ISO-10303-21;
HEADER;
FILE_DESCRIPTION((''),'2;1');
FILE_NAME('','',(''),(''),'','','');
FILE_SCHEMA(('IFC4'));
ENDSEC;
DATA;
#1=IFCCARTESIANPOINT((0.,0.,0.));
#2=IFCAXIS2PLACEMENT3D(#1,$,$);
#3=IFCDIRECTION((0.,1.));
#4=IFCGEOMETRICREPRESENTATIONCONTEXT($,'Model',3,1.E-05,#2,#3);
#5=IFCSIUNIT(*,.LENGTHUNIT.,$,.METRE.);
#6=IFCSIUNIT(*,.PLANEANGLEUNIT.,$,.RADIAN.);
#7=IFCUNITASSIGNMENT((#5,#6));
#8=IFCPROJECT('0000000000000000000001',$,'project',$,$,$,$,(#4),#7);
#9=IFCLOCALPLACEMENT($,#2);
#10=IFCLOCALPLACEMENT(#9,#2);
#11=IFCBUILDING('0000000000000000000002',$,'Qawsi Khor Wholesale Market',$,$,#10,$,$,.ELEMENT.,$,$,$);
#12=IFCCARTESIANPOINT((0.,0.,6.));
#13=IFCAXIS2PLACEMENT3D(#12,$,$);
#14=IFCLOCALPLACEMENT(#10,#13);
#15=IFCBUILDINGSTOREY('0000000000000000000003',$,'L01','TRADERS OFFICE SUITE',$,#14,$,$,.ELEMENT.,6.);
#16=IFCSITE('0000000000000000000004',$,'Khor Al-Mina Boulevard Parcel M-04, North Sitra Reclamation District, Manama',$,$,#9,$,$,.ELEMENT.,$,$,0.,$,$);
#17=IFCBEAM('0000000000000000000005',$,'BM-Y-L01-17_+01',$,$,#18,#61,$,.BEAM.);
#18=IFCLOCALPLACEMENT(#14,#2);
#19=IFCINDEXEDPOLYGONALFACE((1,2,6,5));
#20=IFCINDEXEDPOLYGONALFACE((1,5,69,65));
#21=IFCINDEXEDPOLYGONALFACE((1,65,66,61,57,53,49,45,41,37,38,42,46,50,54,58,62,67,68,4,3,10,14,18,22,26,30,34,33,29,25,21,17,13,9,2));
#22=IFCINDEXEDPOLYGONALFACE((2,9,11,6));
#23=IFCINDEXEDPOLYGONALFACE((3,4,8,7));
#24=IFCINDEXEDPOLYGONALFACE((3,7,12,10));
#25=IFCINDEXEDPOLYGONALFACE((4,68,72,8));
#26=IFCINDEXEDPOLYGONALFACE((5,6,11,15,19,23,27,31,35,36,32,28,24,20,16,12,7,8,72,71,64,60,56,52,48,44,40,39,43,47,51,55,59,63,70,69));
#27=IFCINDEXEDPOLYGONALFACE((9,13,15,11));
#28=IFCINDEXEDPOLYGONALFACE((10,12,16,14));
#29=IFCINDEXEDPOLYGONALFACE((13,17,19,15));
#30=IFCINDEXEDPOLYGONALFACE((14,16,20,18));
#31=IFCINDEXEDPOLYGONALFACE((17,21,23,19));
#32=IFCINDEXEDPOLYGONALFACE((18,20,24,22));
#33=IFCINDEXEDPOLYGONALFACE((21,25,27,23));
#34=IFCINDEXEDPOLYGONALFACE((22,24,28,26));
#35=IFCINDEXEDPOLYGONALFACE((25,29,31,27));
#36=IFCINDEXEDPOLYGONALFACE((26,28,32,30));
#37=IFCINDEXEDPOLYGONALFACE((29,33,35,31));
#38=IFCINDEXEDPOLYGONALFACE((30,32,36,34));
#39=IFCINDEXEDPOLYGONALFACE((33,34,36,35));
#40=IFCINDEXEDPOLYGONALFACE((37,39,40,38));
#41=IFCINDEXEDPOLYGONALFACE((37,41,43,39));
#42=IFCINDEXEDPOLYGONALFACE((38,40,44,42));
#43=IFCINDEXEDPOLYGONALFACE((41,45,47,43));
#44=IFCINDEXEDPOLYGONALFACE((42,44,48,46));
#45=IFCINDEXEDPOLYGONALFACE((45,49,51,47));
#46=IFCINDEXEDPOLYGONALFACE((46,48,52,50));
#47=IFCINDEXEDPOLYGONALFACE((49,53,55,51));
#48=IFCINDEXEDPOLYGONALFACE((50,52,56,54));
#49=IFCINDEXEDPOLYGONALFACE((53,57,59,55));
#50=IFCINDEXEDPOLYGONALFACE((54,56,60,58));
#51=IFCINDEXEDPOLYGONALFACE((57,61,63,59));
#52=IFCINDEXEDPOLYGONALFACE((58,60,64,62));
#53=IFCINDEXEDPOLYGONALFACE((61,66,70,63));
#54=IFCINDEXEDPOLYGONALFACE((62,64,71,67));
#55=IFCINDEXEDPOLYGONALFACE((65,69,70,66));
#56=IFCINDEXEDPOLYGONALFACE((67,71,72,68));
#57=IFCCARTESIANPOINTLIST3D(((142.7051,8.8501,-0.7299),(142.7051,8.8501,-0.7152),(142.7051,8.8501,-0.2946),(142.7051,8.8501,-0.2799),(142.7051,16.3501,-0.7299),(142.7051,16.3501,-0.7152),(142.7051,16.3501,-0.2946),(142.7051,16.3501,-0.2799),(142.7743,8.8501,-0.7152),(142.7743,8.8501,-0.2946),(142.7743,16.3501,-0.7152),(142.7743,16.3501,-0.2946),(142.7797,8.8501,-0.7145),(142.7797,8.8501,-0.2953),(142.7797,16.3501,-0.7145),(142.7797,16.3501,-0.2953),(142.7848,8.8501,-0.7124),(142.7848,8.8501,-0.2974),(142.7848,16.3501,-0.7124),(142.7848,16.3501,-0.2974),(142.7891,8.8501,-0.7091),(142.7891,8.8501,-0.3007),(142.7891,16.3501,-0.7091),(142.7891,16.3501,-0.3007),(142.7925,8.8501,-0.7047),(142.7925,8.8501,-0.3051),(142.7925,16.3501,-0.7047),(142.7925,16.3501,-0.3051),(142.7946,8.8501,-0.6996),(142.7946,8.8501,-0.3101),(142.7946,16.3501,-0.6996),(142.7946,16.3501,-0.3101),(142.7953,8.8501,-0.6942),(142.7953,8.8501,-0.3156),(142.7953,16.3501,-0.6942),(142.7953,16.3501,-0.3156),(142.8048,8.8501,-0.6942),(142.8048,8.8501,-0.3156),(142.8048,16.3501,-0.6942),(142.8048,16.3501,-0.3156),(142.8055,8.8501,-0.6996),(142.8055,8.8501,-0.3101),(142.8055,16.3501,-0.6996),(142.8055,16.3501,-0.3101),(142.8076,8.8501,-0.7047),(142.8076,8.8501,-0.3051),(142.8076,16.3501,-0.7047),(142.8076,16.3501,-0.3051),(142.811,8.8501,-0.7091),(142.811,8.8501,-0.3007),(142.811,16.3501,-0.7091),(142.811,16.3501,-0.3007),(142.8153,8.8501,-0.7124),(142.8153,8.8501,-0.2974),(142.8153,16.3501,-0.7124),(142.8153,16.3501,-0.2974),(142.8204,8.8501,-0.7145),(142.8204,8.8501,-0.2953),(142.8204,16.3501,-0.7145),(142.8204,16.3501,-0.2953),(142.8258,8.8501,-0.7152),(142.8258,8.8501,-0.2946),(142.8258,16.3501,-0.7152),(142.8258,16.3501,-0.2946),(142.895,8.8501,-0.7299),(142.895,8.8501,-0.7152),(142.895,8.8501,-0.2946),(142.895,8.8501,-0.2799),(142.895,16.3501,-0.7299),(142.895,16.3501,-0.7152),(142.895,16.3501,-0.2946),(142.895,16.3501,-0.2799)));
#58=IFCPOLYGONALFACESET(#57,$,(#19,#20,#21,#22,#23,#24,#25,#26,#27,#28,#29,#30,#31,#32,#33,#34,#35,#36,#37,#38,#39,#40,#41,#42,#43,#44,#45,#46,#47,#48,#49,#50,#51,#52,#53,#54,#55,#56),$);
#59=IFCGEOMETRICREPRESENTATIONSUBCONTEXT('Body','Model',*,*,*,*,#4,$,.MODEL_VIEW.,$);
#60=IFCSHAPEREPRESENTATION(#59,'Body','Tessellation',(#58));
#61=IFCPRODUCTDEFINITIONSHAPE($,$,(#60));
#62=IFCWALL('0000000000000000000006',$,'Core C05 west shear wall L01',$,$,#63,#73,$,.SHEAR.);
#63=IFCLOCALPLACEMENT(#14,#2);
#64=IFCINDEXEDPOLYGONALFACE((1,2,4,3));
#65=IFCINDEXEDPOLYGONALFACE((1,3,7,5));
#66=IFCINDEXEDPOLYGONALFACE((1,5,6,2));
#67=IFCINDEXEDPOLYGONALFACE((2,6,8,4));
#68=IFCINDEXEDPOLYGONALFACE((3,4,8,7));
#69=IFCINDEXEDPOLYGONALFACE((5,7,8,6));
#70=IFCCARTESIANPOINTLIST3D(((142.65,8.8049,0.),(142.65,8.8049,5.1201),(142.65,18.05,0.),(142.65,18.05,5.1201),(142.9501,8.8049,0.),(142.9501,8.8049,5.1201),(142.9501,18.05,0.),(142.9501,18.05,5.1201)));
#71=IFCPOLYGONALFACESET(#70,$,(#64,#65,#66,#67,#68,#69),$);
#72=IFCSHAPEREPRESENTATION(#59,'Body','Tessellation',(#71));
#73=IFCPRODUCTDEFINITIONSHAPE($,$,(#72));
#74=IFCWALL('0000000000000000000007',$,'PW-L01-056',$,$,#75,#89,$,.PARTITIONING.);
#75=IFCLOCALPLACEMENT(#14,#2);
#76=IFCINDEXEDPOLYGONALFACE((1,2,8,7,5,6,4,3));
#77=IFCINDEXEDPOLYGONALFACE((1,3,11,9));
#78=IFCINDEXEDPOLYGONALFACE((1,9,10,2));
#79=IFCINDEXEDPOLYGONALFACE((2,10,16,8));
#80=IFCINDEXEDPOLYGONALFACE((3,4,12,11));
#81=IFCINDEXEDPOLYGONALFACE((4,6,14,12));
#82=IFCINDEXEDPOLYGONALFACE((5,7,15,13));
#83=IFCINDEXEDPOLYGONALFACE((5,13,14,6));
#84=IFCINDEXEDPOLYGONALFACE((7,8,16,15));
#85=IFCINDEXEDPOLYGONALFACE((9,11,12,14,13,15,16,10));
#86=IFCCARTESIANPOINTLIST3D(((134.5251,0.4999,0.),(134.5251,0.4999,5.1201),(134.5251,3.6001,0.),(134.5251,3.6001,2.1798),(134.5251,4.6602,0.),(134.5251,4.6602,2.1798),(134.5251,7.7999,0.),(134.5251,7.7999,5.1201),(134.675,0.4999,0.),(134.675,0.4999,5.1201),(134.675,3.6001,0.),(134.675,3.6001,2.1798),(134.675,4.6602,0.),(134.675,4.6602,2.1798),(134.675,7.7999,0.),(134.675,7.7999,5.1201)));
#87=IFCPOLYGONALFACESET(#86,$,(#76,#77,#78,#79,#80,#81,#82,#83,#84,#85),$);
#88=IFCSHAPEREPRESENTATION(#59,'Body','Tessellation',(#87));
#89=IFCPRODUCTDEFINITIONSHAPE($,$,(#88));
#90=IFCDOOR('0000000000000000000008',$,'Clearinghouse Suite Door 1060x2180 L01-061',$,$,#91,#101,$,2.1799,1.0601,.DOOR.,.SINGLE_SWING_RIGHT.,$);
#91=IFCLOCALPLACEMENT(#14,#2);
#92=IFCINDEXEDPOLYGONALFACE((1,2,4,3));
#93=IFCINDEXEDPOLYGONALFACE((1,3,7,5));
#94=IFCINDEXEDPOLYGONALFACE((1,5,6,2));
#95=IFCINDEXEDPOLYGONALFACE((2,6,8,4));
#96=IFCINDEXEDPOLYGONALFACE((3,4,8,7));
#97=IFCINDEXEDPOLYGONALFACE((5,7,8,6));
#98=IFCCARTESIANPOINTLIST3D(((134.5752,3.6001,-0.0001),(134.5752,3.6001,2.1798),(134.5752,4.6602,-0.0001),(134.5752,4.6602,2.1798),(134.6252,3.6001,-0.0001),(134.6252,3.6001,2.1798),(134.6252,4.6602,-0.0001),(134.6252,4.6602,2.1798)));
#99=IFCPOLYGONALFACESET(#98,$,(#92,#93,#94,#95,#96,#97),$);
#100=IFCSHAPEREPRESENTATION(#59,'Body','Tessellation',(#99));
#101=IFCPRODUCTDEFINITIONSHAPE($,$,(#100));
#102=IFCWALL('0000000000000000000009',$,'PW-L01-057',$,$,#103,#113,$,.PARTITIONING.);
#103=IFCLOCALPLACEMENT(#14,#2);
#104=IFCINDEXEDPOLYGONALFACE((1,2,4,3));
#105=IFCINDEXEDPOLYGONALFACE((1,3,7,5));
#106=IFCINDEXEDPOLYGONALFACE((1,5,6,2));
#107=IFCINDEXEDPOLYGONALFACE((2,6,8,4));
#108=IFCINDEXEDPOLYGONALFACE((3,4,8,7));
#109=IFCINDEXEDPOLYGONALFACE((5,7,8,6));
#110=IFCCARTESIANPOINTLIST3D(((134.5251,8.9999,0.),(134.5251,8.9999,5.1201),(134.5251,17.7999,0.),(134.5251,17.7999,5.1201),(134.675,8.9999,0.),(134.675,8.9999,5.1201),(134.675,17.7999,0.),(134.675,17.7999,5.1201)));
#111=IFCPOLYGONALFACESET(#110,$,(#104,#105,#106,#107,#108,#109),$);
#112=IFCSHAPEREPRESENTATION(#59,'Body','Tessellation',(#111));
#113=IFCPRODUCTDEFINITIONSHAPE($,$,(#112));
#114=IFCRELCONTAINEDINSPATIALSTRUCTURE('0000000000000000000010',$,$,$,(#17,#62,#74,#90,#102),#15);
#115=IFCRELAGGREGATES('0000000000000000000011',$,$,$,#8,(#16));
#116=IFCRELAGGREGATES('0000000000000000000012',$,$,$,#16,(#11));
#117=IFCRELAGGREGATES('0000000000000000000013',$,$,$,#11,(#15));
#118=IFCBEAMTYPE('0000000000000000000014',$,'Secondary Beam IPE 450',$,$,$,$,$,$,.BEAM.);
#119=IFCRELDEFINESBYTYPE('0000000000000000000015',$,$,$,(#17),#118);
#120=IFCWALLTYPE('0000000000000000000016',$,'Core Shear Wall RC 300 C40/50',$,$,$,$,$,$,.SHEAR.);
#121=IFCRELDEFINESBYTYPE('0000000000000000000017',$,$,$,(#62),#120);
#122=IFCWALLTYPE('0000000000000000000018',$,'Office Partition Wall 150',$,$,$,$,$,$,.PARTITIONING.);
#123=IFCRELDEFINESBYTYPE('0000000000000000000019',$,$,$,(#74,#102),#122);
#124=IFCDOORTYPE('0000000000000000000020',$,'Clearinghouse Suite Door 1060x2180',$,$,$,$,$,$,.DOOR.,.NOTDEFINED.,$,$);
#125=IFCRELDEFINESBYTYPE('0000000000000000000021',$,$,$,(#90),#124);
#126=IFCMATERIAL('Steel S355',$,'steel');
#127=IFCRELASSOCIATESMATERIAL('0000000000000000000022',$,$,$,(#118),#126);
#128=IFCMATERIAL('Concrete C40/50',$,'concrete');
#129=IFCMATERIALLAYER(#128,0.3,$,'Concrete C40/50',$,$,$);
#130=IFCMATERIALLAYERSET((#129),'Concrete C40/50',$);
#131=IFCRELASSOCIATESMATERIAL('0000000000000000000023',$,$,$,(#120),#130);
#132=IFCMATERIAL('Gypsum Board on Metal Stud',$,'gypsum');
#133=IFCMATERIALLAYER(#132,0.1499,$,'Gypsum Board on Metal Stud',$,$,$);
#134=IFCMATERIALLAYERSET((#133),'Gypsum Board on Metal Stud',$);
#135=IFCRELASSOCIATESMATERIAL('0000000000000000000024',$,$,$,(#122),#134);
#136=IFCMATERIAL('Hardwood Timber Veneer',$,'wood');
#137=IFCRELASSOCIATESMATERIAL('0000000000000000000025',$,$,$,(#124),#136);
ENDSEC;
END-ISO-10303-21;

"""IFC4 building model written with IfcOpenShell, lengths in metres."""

from ifc_helpers import new_model, si_unit, direction, frame, frame_2d, origin, origin_2d, place, context, subcontext, project, spatial, rectangle, i_section, extrude, material, layer, layer_set, material_profile, profile_set, type_object, element, fill, save


model = new_model("IFC4")

# Units and contexts
model_context = context("Model", 3, precision=1e-05, world=origin(), true_north=direction((0.0, 1.0)))
body_context = subcontext(model_context, "Body", "Model", "MODEL_VIEW")
ifc_project = project(units=[si_unit("LENGTHUNIT", "METRE"), si_unit("PLANEANGLEUNIT", "RADIAN")], contexts=[model_context])

# Site, building, storey
site_placement = place(None, origin())
site = spatial("IfcSite", under=ifc_project, at=site_placement, Name="Khor Al-Mina Boulevard Parcel M-04, North Sitra Reclamation District, Manama", CompositionType="ELEMENT", RefElevation=0.0)
building_placement = place(site_placement, origin())
building = spatial("IfcBuilding", under=site, at=building_placement, Name="Qawsi Khor Wholesale Market", CompositionType="ELEMENT")
storey_placement = place(building_placement, frame((0.0, 0.0, 6.0)))
storey = spatial("IfcBuildingStorey", under=building, at=storey_placement, Name="L01", Description="TRADERS OFFICE SUITE", CompositionType="ELEMENT", Elevation=6.0)

# Shared definitions
ifc_material_1 = material(Name="Concrete C40/50", Category="concrete")

# Beam
ifc_material_2 = material(Name="Steel S355", Category="steel")
ifc_material_profile_1 = material_profile(ifc_material_2, i_section(OverallWidth=0.1899, OverallDepth=0.45, WebThickness=0.0095, FlangeThickness=0.0146, FilletRadius=0.021, at=origin_2d()), Name="IPE 450")
ifc_profile_set_1 = profile_set([ifc_material_profile_1], Name="Steel S355")
beam_type_1 = type_object("IfcBeamType", Name="Secondary Beam IPE 450", PredefinedType="BEAM", material=ifc_profile_set_1)
beam_1_placement = place(storey_placement, frame((142.8, 8.8501, -0.5049), z_axis=(0.0, 1.0, 0.0), x_axis=(-1.0, 0.0, 0.0)))
element("IfcBeam", 1, at=beam_1_placement, inside=storey, type_object=beam_type_1, Name="BM-Y-L01-17_+01", PredefinedType="BEAM", context=body_context, shape_type="SweptSolid", body=[
    extrude(i_section(OverallWidth=0.1899, OverallDepth=0.45, WebThickness=0.0095, FlangeThickness=0.0146, FilletRadius=0.021, at=origin_2d()), origin(), (0.0, 0.0, 1.0), 7.5),
])

# Wall
ifc_layer_1 = layer(ifc_material_1, 0.3, Name="Concrete C40/50")
ifc_layer_set_1 = layer_set([ifc_layer_1], Name="Concrete C40/50")
wall_type_1 = type_object("IfcWallType", Name="Core Shear Wall RC 300 C40/50", PredefinedType="SHEAR", material=ifc_layer_set_1)
wall_1_placement = place(storey_placement, frame((142.8, 8.8049, 0.0), z_axis=(0.0, 0.0, 1.0), x_axis=(0.0, 1.0, 0.0)))
element("IfcWall", 2, at=wall_1_placement, inside=storey, type_object=wall_type_1, Name="Core C05 west shear wall L01", PredefinedType="SHEAR", context=body_context, shape_type="SweptSolid", body=[
    extrude(rectangle(XDim=9.2451, YDim=0.3, at=frame_2d((4.6226, 0.0))), origin(), (0.0, 0.0, 1.0), 5.1201),
])

# Wall, opening, door
ifc_material_3 = material(Name="Gypsum Board on Metal Stud", Category="gypsum")
ifc_layer_2 = layer(ifc_material_3, 0.1499, Name="Gypsum Board on Metal Stud")
ifc_layer_set_2 = layer_set([ifc_layer_2], Name="Gypsum Board on Metal Stud")
wall_type_2 = type_object("IfcWallType", Name="Office Partition Wall 150", PredefinedType="PARTITIONING", material=ifc_layer_set_2)
wall_2_placement = place(storey_placement, frame((134.6001, 0.5, 0.0), z_axis=(0.0, 0.0, 1.0), x_axis=(0.0, 1.0, 0.0)))
wall_2 = element("IfcWall", 3, at=wall_2_placement, inside=storey, type_object=wall_type_2, Name="PW-L01-056", PredefinedType="PARTITIONING", context=body_context, shape_type="SweptSolid", body=[
    extrude(rectangle(XDim=7.3, YDim=0.1499, at=frame_2d((3.6499, 0.0))), origin(), (0.0, 0.0, 1.0), 5.1201),
])
opening_placement = place(wall_2_placement, frame((3.1001, 0.0, 0.0)))
opening = element("IfcOpeningElement", 4, at=opening_placement, cuts=wall_2, PredefinedType="OPENING", context=body_context, shape_type="SweptSolid", body=[
    extrude(rectangle(XDim=1.0601, YDim=2.1799, at=frame_2d((0.53, 1.0898))), frame((0.0, 0.085, 0.0), z_axis=(0.0, -1.0, 0.0), x_axis=(1.0, 0.0, 0.0)), (0.0, 0.0, 1.0), 0.1699),
])
ifc_material_4 = material(Name="Hardwood Timber Veneer", Category="wood")
door_type = type_object("IfcDoorType", Name="Clearinghouse Suite Door 1060x2180", OperationType="NOTDEFINED", PredefinedType="DOOR", material=ifc_material_4)
door_placement = place(opening_placement, origin())
door = element("IfcDoor", 5, at=door_placement, inside=storey, type_object=door_type, Name="Clearinghouse Suite Door 1060x2180 L01-061", OperationType="SINGLE_SWING_RIGHT", OverallHeight=2.1799, OverallWidth=1.0601, PredefinedType="DOOR", context=body_context, shape_type="SweptSolid", body=[
    extrude(rectangle(XDim=1.0601, YDim=2.1799, at=frame_2d((0.53, 1.0898))), frame((0.0, 0.0249, 0.0), z_axis=(0.0, -1.0, 0.0), x_axis=(1.0, 0.0, 0.0)), (0.0, 0.0, 1.0), 0.05),
])
fill(opening, door)

# Wall
wall_3_placement = place(storey_placement, frame((134.6001, 9.0, 0.0), z_axis=(0.0, 0.0, 1.0), x_axis=(0.0, 1.0, 0.0)))
element("IfcWall", 6, at=wall_3_placement, inside=storey, type_object=wall_type_2, Name="PW-L01-057", PredefinedType="PARTITIONING", context=body_context, shape_type="SweptSolid", body=[
    extrude(rectangle(XDim=8.8, YDim=0.1499, at=frame_2d((4.3999, 0.0))), origin(), (0.0, 0.0, 1.0), 5.1201),
])

save(model, "model.ifc")
